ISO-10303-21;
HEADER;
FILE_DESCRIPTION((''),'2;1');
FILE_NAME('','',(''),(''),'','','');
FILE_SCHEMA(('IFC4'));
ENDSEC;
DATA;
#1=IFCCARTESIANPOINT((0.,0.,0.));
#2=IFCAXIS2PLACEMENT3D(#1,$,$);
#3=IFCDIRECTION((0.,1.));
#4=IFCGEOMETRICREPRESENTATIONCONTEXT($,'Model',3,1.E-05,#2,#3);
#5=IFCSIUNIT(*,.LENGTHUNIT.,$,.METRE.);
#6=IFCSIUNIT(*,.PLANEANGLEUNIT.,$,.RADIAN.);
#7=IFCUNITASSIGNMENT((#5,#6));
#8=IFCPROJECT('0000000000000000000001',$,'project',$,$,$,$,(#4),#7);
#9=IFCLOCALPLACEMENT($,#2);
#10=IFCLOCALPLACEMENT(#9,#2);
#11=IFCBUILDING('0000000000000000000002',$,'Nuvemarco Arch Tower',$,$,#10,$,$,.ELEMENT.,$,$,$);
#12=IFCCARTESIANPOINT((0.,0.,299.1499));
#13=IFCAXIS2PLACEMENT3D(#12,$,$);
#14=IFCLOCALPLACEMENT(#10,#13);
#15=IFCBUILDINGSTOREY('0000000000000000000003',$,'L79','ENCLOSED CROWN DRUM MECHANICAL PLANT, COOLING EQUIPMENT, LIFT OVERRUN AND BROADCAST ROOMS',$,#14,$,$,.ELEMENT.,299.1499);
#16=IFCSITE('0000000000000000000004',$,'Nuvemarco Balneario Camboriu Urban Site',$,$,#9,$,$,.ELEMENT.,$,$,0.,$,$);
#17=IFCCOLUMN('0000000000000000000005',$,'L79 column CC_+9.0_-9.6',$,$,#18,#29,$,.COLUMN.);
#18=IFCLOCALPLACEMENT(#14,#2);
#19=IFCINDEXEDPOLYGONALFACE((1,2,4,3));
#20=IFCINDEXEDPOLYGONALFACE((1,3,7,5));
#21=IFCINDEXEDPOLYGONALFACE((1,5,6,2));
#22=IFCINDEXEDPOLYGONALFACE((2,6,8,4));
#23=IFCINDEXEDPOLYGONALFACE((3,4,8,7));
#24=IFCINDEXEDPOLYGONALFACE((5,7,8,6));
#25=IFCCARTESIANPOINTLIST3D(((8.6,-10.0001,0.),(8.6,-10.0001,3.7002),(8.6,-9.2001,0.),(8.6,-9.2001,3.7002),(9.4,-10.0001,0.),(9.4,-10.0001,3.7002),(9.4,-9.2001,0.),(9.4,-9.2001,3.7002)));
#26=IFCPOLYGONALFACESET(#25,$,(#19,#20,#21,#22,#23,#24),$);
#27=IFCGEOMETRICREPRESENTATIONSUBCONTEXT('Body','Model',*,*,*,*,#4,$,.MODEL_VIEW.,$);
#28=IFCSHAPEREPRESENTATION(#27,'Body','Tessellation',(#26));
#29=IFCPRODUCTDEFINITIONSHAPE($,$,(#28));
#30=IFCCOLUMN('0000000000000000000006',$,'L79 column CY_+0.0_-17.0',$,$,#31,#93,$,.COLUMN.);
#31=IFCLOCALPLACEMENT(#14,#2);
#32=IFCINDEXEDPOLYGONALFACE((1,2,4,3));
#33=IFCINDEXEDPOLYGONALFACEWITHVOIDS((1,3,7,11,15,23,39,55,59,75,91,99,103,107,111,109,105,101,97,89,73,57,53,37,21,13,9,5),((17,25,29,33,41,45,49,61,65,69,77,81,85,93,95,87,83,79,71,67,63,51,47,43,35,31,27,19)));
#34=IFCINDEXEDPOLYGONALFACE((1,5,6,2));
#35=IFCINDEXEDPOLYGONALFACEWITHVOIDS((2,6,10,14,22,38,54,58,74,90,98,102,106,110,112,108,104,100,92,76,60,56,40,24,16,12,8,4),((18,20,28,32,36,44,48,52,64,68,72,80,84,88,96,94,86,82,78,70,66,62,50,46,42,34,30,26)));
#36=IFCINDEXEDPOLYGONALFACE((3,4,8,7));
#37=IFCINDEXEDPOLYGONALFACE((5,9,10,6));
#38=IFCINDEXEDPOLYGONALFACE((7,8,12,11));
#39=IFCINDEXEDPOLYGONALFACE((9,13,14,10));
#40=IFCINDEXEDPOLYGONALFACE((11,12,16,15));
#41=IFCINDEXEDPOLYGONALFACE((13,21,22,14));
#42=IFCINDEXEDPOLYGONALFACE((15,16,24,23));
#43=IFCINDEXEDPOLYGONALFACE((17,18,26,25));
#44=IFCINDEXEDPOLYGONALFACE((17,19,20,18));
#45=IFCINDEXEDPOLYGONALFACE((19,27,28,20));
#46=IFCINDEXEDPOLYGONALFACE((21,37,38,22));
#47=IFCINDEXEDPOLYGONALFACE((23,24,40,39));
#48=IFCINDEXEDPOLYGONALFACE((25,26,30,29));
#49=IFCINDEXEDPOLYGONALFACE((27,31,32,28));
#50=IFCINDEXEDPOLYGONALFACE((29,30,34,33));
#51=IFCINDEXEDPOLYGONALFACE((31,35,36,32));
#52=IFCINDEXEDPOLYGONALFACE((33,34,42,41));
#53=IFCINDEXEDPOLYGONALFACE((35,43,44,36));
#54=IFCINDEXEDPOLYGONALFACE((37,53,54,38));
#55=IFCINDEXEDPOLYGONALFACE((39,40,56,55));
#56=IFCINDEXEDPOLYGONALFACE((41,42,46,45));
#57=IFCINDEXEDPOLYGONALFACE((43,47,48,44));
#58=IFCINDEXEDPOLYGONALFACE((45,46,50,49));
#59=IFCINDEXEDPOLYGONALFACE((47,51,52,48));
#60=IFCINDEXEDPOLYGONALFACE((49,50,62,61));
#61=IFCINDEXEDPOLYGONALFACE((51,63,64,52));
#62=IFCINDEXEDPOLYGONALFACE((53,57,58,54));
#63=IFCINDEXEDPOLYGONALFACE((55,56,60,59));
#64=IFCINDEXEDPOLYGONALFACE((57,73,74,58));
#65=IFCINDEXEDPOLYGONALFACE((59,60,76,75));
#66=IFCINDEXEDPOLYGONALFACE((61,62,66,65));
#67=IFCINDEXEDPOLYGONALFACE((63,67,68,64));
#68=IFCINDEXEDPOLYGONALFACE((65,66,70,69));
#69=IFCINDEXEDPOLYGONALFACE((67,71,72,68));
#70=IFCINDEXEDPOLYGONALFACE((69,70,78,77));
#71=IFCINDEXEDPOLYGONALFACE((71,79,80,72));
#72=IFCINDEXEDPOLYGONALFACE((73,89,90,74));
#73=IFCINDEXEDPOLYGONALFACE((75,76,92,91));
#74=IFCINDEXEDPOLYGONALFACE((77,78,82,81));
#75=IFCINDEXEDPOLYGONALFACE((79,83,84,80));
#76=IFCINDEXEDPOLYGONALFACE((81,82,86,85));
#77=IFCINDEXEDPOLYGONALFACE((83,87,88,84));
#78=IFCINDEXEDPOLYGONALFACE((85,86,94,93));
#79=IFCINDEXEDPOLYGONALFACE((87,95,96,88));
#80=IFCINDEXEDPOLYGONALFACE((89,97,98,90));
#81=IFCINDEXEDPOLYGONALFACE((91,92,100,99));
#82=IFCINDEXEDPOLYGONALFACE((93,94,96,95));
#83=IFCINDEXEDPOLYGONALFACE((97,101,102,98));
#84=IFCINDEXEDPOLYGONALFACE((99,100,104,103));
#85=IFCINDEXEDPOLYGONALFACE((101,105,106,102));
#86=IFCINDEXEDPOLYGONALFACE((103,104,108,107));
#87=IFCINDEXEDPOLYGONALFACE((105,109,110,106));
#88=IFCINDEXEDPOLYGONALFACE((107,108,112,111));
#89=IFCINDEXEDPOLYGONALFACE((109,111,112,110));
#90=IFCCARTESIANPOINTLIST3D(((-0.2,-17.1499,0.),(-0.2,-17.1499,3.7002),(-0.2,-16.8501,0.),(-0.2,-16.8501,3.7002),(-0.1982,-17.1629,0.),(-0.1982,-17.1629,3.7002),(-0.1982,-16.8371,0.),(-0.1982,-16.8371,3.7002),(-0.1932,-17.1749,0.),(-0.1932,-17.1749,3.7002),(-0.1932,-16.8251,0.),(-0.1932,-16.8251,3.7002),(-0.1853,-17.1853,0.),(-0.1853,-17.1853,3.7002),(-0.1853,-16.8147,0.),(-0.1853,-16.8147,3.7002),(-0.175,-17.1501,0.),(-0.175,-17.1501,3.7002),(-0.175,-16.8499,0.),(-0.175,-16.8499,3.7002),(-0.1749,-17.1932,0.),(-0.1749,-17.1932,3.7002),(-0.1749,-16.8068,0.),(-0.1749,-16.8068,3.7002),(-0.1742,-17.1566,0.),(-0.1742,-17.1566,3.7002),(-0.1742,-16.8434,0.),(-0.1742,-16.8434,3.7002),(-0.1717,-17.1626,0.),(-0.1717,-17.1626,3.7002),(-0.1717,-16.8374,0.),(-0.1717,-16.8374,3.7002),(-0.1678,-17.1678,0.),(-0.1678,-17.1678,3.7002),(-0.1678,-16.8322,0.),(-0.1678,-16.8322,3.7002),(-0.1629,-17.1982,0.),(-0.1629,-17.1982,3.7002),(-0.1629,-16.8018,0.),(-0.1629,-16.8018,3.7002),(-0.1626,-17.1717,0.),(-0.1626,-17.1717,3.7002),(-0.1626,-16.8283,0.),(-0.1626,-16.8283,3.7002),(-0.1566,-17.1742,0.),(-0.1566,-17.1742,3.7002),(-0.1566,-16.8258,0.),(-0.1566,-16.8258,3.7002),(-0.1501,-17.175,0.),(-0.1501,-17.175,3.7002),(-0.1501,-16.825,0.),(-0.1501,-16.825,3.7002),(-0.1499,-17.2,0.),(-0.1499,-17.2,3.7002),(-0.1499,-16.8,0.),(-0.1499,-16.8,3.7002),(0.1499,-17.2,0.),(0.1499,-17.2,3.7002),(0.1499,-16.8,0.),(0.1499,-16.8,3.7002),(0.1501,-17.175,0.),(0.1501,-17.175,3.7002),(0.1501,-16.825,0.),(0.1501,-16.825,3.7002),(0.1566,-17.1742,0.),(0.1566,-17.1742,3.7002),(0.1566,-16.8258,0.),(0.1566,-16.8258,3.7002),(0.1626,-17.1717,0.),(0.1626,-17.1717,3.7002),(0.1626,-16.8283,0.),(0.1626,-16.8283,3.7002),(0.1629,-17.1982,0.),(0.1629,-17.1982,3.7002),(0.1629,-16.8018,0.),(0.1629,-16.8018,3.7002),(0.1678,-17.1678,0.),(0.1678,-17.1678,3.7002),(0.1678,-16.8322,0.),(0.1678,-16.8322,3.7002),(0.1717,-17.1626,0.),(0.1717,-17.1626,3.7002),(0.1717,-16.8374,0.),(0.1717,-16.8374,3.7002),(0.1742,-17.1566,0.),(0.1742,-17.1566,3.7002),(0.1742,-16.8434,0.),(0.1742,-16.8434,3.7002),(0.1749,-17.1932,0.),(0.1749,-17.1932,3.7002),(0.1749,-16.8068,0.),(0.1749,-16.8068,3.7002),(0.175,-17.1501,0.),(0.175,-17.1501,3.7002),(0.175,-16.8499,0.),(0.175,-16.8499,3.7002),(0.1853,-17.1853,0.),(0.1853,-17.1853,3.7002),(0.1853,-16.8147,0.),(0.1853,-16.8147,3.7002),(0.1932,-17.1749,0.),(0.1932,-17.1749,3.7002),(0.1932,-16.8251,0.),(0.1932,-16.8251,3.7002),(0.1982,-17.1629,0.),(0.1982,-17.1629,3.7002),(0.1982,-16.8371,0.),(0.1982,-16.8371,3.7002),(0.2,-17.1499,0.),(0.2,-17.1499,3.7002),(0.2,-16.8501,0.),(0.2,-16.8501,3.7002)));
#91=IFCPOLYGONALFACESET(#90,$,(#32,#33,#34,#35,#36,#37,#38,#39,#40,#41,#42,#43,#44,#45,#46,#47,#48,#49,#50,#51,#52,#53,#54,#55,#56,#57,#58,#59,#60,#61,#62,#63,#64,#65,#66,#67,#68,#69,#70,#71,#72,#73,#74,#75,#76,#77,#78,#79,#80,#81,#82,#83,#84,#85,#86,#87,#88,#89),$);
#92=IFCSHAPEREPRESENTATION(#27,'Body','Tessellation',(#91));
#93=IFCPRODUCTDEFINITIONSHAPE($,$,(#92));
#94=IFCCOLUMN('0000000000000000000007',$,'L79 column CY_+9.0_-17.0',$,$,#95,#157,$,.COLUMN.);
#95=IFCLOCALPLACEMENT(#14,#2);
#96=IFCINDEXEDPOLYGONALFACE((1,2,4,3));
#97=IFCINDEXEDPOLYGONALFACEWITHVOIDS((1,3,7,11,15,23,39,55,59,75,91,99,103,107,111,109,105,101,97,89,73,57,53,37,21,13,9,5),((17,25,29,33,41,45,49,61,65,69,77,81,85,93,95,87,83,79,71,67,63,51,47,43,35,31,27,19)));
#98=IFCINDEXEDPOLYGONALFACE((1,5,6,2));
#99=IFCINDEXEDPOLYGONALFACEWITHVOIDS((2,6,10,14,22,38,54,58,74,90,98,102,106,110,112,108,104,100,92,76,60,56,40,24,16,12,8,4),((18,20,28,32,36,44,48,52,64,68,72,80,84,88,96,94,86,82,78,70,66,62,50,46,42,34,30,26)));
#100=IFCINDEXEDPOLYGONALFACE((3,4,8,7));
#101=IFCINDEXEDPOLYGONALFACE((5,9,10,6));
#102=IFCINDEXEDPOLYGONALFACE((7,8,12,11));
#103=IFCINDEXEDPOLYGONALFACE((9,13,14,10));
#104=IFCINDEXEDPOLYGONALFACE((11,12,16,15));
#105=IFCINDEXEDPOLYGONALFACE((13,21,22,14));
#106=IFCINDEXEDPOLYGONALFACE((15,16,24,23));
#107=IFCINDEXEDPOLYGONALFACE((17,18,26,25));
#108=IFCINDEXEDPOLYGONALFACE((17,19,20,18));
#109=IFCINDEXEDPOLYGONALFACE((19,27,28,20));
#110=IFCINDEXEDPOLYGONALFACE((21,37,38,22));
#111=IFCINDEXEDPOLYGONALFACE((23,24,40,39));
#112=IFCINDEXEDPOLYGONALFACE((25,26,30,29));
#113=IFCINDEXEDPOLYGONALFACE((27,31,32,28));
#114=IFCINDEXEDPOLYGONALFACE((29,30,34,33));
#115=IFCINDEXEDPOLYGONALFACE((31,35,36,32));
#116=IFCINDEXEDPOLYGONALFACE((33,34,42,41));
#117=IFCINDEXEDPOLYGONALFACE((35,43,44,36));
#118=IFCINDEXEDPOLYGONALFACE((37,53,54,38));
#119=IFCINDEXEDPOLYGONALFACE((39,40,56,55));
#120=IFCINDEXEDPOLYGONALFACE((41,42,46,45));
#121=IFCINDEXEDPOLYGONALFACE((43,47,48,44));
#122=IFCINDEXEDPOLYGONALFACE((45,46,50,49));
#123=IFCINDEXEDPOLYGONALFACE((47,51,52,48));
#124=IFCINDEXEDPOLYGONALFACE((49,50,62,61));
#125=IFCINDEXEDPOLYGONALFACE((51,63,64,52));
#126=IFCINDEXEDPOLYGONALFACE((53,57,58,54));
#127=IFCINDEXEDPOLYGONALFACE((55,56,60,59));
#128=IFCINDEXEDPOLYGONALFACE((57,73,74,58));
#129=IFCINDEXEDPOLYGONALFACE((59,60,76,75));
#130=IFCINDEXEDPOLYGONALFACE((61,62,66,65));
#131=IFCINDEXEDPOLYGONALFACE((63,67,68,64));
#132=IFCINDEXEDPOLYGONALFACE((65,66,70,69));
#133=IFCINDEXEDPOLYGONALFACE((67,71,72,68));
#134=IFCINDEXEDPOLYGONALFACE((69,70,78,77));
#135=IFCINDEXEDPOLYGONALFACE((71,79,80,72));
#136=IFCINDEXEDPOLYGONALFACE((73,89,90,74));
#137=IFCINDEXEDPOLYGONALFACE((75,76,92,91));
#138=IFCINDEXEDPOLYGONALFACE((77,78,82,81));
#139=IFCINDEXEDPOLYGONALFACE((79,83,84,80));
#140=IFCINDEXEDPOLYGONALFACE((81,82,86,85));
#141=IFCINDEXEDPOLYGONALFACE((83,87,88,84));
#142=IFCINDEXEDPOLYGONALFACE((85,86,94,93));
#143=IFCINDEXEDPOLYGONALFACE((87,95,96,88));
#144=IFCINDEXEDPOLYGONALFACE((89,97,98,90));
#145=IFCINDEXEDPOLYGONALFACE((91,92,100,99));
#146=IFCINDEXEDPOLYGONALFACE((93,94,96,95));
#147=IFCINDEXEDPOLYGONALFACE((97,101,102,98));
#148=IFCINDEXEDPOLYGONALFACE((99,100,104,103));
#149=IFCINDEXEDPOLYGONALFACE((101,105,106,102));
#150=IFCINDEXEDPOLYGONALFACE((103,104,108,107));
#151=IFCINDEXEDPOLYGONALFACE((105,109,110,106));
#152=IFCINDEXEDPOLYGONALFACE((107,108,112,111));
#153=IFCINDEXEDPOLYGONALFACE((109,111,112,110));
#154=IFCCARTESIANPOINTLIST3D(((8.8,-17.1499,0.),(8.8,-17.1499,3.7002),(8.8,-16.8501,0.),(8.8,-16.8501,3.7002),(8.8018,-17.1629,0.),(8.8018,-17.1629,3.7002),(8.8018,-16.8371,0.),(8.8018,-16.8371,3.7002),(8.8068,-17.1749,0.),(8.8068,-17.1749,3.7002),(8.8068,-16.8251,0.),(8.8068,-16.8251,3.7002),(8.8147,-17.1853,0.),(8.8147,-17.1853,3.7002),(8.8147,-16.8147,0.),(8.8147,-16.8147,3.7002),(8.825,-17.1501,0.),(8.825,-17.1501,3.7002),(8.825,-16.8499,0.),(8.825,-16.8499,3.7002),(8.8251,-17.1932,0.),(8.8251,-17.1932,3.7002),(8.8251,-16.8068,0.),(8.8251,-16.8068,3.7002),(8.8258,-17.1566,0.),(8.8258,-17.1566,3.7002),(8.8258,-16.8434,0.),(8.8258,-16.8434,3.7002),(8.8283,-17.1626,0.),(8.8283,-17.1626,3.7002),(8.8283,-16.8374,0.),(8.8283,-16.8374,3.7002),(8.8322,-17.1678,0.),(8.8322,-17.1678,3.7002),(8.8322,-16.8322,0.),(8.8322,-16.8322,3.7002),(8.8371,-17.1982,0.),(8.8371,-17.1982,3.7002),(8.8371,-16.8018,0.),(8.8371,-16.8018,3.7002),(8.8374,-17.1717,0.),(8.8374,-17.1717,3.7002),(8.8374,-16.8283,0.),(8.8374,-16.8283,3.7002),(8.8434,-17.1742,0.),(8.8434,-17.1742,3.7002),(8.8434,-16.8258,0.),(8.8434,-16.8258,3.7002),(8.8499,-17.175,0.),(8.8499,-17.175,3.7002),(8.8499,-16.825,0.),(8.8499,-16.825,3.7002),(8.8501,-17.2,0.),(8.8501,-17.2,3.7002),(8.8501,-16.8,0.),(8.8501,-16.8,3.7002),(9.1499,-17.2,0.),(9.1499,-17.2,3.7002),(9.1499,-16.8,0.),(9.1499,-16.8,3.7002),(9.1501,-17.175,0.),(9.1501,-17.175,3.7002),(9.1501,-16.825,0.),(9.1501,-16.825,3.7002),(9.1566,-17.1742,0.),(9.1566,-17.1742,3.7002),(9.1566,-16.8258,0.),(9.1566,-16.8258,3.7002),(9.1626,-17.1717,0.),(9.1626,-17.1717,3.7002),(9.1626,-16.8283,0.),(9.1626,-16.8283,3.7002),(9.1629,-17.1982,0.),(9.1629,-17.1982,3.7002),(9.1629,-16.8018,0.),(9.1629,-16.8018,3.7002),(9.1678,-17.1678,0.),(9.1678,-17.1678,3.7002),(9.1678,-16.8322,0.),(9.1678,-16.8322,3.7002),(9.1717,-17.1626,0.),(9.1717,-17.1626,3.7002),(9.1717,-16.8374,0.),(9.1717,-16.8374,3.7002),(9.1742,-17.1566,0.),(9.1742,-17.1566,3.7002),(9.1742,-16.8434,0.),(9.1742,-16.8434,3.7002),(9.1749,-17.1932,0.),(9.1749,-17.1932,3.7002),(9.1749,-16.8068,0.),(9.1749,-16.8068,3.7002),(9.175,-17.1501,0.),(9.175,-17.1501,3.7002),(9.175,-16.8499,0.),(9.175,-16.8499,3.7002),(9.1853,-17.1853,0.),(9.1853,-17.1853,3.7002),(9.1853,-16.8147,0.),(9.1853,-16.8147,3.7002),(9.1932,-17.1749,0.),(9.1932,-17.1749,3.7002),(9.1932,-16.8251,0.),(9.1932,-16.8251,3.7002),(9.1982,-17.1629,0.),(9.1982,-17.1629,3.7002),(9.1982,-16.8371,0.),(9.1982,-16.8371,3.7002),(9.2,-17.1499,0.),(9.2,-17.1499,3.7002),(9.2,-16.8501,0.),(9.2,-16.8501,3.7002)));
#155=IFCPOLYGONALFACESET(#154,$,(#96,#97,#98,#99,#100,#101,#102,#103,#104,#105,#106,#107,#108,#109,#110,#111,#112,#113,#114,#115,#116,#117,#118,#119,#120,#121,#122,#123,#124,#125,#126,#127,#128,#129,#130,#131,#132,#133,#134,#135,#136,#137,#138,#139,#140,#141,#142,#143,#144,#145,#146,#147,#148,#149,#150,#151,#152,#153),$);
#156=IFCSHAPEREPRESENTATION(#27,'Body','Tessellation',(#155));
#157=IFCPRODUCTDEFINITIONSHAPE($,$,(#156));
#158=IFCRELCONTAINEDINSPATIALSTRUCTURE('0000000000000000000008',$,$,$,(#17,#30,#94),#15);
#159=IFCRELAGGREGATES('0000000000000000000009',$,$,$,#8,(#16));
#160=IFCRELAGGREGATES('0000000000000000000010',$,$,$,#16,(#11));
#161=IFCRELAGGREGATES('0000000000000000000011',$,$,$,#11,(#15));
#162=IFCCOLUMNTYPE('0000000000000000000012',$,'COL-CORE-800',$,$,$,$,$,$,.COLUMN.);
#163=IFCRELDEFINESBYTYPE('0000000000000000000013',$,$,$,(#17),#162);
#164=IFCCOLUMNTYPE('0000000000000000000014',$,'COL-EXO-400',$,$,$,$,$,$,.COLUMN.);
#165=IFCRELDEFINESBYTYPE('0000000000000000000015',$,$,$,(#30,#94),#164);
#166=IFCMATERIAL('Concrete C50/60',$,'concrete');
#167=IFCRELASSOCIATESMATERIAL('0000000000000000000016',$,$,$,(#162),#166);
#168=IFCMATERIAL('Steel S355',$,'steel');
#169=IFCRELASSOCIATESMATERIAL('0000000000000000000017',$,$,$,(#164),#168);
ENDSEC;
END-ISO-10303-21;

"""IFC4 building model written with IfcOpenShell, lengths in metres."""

from ifc_helpers import new_model, si_unit, direction, frame, origin, origin_2d, place, context, subcontext, project, spatial, rectangle, hollow_rectangle, extrude, material, material_profile, profile_set, type_object, element, save


model = new_model("IFC4")

# Units and contexts
model_context = context("Model", 3, precision=1e-05, world=origin(), true_north=direction((0.0, 1.0)))
body_context = subcontext(model_context, "Body", "Model", "MODEL_VIEW")
ifc_project = project(units=[si_unit("LENGTHUNIT", "METRE"), si_unit("PLANEANGLEUNIT", "RADIAN")], contexts=[model_context])

# Site, building, storey
site_placement = place(None, origin())
site = spatial("IfcSite", under=ifc_project, at=site_placement, Name="Nuvemarco Balneario Camboriu Urban Site", CompositionType="ELEMENT", RefElevation=0.0)
building_placement = place(site_placement, origin())
building = spatial("IfcBuilding", under=site, at=building_placement, Name="Nuvemarco Arch Tower", CompositionType="ELEMENT")
storey_placement = place(building_placement, frame((0.0, 0.0, 299.1499)))
storey = spatial("IfcBuildingStorey", under=building, at=storey_placement, Name="L79", Description="ENCLOSED CROWN DRUM MECHANICAL PLANT, COOLING EQUIPMENT, LIFT OVERRUN AND BROADCAST ROOMS", CompositionType="ELEMENT", Elevation=299.1499)

# Columns
ifc_material_1 = material(Name="Concrete C50/60", Category="concrete")
ifc_material_profile_1 = material_profile(ifc_material_1, rectangle(XDim=0.8, YDim=0.8, at=origin_2d()), Name="RC-COL-800x800")
ifc_profile_set_1 = profile_set([ifc_material_profile_1], Name="Concrete C50/60")
column_type_1 = type_object("IfcColumnType", Name="COL-CORE-800", PredefinedType="COLUMN", material=ifc_profile_set_1)
column_placement = place(storey_placement, frame((9.0, -9.6001, 0.0), z_axis=(0.0, 0.0, 1.0), x_axis=(1.0, 0.0, 0.0)))
element("IfcColumn", 1, at=column_placement, inside=storey, type_object=column_type_1, Name="L79 column CC_+9.0_-9.6", PredefinedType="COLUMN", context=body_context, shape_type="SweptSolid", body=[
    extrude(rectangle(XDim=0.8, YDim=0.8, at=origin_2d()), origin(), (0.0, 0.0, 1.0), 3.7002),
])
ifc_material_2 = material(Name="Steel S355", Category="steel")
ifc_material_profile_2 = material_profile(ifc_material_2, hollow_rectangle(XDim=0.3999, YDim=0.3999, WallThickness=0.0249, InnerFilletRadius=0.0249, OuterFilletRadius=0.05, at=origin_2d()), Name="SHS400x400x25")
ifc_profile_set_2 = profile_set([ifc_material_profile_2], Name="Steel S355")
column_type_2 = type_object("IfcColumnType", Name="COL-EXO-400", PredefinedType="COLUMN", material=ifc_profile_set_2)
for number, where, z_axis, x_axis, name in (
    (2, (0.0, -17.0, 0.0), (0.0, 0.0, 1.0), (1.0, 0.0, 0.0), "L79 column CY_+0.0_-17.0"),
    (3, (9.0, -17.0, 0.0), (0.0, 0.0, 1.0), (1.0, 0.0, 0.0), "L79 column CY_+9.0_-17.0"),
):
    element("IfcColumn", number, at=place(storey_placement, frame(where, z_axis=z_axis, x_axis=x_axis)), inside=storey, type_object=column_type_2, Name=name, PredefinedType="COLUMN", context=body_context, shape_type="SweptSolid", body=[
        extrude(hollow_rectangle(XDim=0.3999, YDim=0.3999, WallThickness=0.0249, InnerFilletRadius=0.0249, OuterFilletRadius=0.05, at=origin_2d()), origin(), (0.0, 0.0, 1.0), 3.7002),
    ])

save(model, "model.ifc")
